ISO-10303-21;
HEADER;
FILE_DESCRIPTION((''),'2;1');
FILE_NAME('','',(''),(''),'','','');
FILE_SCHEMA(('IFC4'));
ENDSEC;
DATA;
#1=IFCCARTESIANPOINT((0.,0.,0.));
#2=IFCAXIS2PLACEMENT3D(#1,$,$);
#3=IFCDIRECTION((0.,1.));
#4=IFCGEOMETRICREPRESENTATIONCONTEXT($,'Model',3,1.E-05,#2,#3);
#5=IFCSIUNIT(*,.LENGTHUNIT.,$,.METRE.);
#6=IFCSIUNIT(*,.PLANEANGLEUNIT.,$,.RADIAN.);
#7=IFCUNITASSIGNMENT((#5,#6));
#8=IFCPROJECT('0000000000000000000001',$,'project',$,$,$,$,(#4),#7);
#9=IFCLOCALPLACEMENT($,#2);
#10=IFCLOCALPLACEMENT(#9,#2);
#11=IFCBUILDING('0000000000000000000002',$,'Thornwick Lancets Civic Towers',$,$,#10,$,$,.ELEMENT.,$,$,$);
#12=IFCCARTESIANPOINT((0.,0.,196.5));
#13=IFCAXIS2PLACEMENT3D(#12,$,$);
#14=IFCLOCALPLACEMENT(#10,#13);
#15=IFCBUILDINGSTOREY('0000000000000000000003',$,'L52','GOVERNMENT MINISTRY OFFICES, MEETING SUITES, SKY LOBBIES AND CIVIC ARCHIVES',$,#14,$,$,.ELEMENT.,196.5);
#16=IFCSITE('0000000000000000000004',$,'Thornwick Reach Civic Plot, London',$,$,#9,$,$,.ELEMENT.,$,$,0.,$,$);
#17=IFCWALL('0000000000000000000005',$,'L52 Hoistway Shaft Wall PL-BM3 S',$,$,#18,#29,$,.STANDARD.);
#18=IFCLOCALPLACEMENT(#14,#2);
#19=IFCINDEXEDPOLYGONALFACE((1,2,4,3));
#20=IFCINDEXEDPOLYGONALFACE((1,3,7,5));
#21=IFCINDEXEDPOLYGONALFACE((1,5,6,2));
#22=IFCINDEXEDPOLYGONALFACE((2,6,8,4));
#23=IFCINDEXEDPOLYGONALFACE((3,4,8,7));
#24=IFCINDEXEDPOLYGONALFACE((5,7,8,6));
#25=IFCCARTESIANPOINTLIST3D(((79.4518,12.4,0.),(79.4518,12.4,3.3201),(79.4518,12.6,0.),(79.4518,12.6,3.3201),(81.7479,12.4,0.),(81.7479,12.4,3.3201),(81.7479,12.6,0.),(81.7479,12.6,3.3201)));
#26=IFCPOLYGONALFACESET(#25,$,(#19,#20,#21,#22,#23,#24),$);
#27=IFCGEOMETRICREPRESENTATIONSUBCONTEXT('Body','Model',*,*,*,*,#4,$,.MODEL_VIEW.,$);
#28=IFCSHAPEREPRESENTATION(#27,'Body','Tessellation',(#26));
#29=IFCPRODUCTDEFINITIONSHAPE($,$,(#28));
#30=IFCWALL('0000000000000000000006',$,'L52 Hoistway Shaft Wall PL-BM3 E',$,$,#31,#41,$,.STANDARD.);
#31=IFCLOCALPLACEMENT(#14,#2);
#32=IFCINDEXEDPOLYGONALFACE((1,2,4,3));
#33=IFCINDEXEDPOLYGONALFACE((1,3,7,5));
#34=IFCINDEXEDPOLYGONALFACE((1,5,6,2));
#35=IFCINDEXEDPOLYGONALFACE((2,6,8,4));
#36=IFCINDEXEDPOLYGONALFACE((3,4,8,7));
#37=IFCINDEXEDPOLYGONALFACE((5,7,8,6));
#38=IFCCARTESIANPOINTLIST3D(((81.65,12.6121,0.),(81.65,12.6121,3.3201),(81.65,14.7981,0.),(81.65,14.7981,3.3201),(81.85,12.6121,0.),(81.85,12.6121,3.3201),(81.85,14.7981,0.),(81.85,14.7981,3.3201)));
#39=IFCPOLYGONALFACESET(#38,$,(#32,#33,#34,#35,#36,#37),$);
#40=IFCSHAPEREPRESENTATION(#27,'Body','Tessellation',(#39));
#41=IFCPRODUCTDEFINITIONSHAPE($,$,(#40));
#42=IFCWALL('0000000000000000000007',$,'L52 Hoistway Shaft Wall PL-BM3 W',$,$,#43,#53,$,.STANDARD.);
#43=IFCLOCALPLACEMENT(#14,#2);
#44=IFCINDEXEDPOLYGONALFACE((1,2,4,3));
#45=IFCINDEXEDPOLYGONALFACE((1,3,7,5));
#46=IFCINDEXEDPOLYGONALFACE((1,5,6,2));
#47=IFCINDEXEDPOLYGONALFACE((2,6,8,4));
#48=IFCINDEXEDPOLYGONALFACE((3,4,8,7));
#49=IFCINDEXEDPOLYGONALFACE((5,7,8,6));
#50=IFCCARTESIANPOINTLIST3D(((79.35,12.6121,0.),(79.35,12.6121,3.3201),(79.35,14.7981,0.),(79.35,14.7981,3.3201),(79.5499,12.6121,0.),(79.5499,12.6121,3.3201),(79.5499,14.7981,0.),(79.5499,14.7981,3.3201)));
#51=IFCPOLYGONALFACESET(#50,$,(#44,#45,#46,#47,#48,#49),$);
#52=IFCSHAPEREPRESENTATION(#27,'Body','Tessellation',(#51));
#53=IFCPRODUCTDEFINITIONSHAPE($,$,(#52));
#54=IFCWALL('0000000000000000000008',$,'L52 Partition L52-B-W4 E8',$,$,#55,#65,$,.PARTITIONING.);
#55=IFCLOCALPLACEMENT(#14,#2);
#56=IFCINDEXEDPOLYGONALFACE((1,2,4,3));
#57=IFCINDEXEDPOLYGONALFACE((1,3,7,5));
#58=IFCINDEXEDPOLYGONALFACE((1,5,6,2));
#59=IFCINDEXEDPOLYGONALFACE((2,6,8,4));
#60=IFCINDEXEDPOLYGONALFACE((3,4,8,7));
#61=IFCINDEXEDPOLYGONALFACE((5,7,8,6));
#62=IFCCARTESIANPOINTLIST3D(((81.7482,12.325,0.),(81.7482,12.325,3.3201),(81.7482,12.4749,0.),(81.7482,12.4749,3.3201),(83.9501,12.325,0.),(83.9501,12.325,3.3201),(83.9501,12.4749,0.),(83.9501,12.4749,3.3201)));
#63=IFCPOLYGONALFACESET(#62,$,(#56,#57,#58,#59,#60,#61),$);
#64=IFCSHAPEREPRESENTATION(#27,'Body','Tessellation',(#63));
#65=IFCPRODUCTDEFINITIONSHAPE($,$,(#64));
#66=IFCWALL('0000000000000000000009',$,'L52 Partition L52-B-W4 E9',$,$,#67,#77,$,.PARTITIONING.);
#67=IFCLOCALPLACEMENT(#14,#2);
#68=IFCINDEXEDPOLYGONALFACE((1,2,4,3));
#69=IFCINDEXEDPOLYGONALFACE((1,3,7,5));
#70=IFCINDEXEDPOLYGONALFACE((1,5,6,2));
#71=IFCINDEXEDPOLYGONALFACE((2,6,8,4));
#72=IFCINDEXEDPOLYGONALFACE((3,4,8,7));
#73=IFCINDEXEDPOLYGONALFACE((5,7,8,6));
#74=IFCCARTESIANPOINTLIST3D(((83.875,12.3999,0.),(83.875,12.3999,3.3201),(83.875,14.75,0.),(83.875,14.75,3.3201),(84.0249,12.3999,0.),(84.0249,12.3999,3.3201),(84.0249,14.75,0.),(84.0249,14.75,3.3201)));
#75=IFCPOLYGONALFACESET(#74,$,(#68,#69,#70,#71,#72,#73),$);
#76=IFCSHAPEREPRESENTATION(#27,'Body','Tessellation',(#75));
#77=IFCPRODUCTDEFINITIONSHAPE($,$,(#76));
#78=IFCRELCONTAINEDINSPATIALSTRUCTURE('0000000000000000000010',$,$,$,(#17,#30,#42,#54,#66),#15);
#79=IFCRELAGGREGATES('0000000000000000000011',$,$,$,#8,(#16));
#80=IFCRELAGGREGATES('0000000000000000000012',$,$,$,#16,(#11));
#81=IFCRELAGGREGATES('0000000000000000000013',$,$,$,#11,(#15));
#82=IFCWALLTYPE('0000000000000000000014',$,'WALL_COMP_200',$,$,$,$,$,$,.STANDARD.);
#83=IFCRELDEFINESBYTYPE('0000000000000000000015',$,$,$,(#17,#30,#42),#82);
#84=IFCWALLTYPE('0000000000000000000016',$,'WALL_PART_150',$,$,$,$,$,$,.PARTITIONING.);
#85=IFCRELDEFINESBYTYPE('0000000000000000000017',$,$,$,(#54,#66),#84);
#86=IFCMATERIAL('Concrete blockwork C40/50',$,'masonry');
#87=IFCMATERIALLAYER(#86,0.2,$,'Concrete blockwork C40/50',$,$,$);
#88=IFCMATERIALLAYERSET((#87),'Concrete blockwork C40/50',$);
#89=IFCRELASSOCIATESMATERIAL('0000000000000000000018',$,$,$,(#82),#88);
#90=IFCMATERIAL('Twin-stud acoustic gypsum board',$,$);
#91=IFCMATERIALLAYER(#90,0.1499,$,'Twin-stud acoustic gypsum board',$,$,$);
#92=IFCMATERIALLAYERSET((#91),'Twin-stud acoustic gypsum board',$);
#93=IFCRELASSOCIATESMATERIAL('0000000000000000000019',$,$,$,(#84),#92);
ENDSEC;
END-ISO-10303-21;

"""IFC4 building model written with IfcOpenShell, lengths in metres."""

from ifc_helpers import new_model, si_unit, direction, frame, frame_2d, origin, place, context, subcontext, project, spatial, rectangle, extrude, material, layer, layer_set, type_object, element, save


model = new_model("IFC4")

# Units and contexts
model_context = context("Model", 3, precision=1e-05, world=origin(), true_north=direction((0.0, 1.0)))
body_context = subcontext(model_context, "Body", "Model", "MODEL_VIEW")
ifc_project = project(units=[si_unit("LENGTHUNIT", "METRE"), si_unit("PLANEANGLEUNIT", "RADIAN")], contexts=[model_context])

# Site, building, storey
site_placement = place(None, origin())
site = spatial("IfcSite", under=ifc_project, at=site_placement, Name="Thornwick Reach Civic Plot, London", CompositionType="ELEMENT", RefElevation=0.0)
building_placement = place(site_placement, origin())
building = spatial("IfcBuilding", under=site, at=building_placement, Name="Thornwick Lancets Civic Towers", CompositionType="ELEMENT")
storey_placement = place(building_placement, frame((0.0, 0.0, 196.5)))
storey = spatial("IfcBuildingStorey", under=building, at=storey_placement, Name="L52", Description="GOVERNMENT MINISTRY OFFICES, MEETING SUITES, SKY LOBBIES AND CIVIC ARCHIVES", CompositionType="ELEMENT", Elevation=196.5)

# Shared definitions
ifc_material_1 = material(Name="Concrete blockwork C40/50", Category="masonry")
ifc_layer_1 = layer(ifc_material_1, 0.2, Name="Concrete blockwork C40/50")
ifc_layer_set_1 = layer_set([ifc_layer_1], Name="Concrete blockwork C40/50")
wall_type_1 = type_object("IfcWallType", Name="WALL_COMP_200", PredefinedType="STANDARD", material=ifc_layer_set_1)

# Walls
wall_1_placement = place(storey_placement, frame((79.4519, 12.5, 0.0), z_axis=(0.0, 0.0, 1.0), x_axis=(1.0, 0.0, 0.0)))
element("IfcWall", 1, at=wall_1_placement, inside=storey, type_object=wall_type_1, Name="L52 Hoistway Shaft Wall PL-BM3 S", PredefinedType="STANDARD", context=body_context, shape_type="SweptSolid", body=[
    extrude(rectangle(XDim=2.2961, YDim=0.2, at=frame_2d((1.1479, 0.0))), origin(), (0.0, 0.0, 1.0), 3.3201),
])
for number, where, z_axis, x_axis, name in (
    (2, (81.75, 12.6121, 0.0), (0.0, 0.0, 1.0), (0.0, 1.0, 0.0), "L52 Hoistway Shaft Wall PL-BM3 E"),
    (3, (79.45, 12.6121, 0.0), (0.0, 0.0, 1.0), (0.0, 1.0, 0.0), "L52 Hoistway Shaft Wall PL-BM3 W"),
):
    element("IfcWall", number, at=place(storey_placement, frame(where, z_axis=z_axis, x_axis=x_axis)), inside=storey, type_object=wall_type_1, Name=name, PredefinedType="STANDARD", context=body_context, shape_type="SweptSolid", body=[
        extrude(rectangle(XDim=2.186, YDim=0.2, at=frame_2d((1.093, 0.0))), origin(), (0.0, 0.0, 1.0), 3.3201),
    ])

# Shared definitions
ifc_material_2 = material(Name="Twin-stud acoustic gypsum board")
ifc_layer_2 = layer(ifc_material_2, 0.1499, Name="Twin-stud acoustic gypsum board")
ifc_layer_set_2 = layer_set([ifc_layer_2], Name="Twin-stud acoustic gypsum board")
wall_type_2 = type_object("IfcWallType", Name="WALL_PART_150", PredefinedType="PARTITIONING", material=ifc_layer_set_2)

# Walls
wall_2_placement = place(storey_placement, frame((81.748, 12.3999, 0.0), z_axis=(0.0, 0.0, 1.0), x_axis=(1.0, 0.0, 0.0)))
element("IfcWall", 4, at=wall_2_placement, inside=storey, type_object=wall_type_2, Name="L52 Partition L52-B-W4 E8", PredefinedType="PARTITIONING", context=body_context, shape_type="SweptSolid", body=[
    extrude(rectangle(XDim=2.2019, YDim=0.1499, at=frame_2d((1.1011, 0.0))), origin(), (0.0, 0.0, 1.0), 3.3201),
])
wall_3_placement = place(storey_placement, frame((83.95, 12.3999, 0.0), z_axis=(0.0, 0.0, 1.0), x_axis=(0.0, 1.0, 0.0)))
element("IfcWall", 5, at=wall_3_placement, inside=storey, type_object=wall_type_2, Name="L52 Partition L52-B-W4 E9", PredefinedType="PARTITIONING", context=body_context, shape_type="SweptSolid", body=[
    extrude(rectangle(XDim=2.3501, YDim=0.1499, at=frame_2d((1.175, 0.0))), origin(), (0.0, 0.0, 1.0), 3.3201),
])

save(model, "model.ifc")
